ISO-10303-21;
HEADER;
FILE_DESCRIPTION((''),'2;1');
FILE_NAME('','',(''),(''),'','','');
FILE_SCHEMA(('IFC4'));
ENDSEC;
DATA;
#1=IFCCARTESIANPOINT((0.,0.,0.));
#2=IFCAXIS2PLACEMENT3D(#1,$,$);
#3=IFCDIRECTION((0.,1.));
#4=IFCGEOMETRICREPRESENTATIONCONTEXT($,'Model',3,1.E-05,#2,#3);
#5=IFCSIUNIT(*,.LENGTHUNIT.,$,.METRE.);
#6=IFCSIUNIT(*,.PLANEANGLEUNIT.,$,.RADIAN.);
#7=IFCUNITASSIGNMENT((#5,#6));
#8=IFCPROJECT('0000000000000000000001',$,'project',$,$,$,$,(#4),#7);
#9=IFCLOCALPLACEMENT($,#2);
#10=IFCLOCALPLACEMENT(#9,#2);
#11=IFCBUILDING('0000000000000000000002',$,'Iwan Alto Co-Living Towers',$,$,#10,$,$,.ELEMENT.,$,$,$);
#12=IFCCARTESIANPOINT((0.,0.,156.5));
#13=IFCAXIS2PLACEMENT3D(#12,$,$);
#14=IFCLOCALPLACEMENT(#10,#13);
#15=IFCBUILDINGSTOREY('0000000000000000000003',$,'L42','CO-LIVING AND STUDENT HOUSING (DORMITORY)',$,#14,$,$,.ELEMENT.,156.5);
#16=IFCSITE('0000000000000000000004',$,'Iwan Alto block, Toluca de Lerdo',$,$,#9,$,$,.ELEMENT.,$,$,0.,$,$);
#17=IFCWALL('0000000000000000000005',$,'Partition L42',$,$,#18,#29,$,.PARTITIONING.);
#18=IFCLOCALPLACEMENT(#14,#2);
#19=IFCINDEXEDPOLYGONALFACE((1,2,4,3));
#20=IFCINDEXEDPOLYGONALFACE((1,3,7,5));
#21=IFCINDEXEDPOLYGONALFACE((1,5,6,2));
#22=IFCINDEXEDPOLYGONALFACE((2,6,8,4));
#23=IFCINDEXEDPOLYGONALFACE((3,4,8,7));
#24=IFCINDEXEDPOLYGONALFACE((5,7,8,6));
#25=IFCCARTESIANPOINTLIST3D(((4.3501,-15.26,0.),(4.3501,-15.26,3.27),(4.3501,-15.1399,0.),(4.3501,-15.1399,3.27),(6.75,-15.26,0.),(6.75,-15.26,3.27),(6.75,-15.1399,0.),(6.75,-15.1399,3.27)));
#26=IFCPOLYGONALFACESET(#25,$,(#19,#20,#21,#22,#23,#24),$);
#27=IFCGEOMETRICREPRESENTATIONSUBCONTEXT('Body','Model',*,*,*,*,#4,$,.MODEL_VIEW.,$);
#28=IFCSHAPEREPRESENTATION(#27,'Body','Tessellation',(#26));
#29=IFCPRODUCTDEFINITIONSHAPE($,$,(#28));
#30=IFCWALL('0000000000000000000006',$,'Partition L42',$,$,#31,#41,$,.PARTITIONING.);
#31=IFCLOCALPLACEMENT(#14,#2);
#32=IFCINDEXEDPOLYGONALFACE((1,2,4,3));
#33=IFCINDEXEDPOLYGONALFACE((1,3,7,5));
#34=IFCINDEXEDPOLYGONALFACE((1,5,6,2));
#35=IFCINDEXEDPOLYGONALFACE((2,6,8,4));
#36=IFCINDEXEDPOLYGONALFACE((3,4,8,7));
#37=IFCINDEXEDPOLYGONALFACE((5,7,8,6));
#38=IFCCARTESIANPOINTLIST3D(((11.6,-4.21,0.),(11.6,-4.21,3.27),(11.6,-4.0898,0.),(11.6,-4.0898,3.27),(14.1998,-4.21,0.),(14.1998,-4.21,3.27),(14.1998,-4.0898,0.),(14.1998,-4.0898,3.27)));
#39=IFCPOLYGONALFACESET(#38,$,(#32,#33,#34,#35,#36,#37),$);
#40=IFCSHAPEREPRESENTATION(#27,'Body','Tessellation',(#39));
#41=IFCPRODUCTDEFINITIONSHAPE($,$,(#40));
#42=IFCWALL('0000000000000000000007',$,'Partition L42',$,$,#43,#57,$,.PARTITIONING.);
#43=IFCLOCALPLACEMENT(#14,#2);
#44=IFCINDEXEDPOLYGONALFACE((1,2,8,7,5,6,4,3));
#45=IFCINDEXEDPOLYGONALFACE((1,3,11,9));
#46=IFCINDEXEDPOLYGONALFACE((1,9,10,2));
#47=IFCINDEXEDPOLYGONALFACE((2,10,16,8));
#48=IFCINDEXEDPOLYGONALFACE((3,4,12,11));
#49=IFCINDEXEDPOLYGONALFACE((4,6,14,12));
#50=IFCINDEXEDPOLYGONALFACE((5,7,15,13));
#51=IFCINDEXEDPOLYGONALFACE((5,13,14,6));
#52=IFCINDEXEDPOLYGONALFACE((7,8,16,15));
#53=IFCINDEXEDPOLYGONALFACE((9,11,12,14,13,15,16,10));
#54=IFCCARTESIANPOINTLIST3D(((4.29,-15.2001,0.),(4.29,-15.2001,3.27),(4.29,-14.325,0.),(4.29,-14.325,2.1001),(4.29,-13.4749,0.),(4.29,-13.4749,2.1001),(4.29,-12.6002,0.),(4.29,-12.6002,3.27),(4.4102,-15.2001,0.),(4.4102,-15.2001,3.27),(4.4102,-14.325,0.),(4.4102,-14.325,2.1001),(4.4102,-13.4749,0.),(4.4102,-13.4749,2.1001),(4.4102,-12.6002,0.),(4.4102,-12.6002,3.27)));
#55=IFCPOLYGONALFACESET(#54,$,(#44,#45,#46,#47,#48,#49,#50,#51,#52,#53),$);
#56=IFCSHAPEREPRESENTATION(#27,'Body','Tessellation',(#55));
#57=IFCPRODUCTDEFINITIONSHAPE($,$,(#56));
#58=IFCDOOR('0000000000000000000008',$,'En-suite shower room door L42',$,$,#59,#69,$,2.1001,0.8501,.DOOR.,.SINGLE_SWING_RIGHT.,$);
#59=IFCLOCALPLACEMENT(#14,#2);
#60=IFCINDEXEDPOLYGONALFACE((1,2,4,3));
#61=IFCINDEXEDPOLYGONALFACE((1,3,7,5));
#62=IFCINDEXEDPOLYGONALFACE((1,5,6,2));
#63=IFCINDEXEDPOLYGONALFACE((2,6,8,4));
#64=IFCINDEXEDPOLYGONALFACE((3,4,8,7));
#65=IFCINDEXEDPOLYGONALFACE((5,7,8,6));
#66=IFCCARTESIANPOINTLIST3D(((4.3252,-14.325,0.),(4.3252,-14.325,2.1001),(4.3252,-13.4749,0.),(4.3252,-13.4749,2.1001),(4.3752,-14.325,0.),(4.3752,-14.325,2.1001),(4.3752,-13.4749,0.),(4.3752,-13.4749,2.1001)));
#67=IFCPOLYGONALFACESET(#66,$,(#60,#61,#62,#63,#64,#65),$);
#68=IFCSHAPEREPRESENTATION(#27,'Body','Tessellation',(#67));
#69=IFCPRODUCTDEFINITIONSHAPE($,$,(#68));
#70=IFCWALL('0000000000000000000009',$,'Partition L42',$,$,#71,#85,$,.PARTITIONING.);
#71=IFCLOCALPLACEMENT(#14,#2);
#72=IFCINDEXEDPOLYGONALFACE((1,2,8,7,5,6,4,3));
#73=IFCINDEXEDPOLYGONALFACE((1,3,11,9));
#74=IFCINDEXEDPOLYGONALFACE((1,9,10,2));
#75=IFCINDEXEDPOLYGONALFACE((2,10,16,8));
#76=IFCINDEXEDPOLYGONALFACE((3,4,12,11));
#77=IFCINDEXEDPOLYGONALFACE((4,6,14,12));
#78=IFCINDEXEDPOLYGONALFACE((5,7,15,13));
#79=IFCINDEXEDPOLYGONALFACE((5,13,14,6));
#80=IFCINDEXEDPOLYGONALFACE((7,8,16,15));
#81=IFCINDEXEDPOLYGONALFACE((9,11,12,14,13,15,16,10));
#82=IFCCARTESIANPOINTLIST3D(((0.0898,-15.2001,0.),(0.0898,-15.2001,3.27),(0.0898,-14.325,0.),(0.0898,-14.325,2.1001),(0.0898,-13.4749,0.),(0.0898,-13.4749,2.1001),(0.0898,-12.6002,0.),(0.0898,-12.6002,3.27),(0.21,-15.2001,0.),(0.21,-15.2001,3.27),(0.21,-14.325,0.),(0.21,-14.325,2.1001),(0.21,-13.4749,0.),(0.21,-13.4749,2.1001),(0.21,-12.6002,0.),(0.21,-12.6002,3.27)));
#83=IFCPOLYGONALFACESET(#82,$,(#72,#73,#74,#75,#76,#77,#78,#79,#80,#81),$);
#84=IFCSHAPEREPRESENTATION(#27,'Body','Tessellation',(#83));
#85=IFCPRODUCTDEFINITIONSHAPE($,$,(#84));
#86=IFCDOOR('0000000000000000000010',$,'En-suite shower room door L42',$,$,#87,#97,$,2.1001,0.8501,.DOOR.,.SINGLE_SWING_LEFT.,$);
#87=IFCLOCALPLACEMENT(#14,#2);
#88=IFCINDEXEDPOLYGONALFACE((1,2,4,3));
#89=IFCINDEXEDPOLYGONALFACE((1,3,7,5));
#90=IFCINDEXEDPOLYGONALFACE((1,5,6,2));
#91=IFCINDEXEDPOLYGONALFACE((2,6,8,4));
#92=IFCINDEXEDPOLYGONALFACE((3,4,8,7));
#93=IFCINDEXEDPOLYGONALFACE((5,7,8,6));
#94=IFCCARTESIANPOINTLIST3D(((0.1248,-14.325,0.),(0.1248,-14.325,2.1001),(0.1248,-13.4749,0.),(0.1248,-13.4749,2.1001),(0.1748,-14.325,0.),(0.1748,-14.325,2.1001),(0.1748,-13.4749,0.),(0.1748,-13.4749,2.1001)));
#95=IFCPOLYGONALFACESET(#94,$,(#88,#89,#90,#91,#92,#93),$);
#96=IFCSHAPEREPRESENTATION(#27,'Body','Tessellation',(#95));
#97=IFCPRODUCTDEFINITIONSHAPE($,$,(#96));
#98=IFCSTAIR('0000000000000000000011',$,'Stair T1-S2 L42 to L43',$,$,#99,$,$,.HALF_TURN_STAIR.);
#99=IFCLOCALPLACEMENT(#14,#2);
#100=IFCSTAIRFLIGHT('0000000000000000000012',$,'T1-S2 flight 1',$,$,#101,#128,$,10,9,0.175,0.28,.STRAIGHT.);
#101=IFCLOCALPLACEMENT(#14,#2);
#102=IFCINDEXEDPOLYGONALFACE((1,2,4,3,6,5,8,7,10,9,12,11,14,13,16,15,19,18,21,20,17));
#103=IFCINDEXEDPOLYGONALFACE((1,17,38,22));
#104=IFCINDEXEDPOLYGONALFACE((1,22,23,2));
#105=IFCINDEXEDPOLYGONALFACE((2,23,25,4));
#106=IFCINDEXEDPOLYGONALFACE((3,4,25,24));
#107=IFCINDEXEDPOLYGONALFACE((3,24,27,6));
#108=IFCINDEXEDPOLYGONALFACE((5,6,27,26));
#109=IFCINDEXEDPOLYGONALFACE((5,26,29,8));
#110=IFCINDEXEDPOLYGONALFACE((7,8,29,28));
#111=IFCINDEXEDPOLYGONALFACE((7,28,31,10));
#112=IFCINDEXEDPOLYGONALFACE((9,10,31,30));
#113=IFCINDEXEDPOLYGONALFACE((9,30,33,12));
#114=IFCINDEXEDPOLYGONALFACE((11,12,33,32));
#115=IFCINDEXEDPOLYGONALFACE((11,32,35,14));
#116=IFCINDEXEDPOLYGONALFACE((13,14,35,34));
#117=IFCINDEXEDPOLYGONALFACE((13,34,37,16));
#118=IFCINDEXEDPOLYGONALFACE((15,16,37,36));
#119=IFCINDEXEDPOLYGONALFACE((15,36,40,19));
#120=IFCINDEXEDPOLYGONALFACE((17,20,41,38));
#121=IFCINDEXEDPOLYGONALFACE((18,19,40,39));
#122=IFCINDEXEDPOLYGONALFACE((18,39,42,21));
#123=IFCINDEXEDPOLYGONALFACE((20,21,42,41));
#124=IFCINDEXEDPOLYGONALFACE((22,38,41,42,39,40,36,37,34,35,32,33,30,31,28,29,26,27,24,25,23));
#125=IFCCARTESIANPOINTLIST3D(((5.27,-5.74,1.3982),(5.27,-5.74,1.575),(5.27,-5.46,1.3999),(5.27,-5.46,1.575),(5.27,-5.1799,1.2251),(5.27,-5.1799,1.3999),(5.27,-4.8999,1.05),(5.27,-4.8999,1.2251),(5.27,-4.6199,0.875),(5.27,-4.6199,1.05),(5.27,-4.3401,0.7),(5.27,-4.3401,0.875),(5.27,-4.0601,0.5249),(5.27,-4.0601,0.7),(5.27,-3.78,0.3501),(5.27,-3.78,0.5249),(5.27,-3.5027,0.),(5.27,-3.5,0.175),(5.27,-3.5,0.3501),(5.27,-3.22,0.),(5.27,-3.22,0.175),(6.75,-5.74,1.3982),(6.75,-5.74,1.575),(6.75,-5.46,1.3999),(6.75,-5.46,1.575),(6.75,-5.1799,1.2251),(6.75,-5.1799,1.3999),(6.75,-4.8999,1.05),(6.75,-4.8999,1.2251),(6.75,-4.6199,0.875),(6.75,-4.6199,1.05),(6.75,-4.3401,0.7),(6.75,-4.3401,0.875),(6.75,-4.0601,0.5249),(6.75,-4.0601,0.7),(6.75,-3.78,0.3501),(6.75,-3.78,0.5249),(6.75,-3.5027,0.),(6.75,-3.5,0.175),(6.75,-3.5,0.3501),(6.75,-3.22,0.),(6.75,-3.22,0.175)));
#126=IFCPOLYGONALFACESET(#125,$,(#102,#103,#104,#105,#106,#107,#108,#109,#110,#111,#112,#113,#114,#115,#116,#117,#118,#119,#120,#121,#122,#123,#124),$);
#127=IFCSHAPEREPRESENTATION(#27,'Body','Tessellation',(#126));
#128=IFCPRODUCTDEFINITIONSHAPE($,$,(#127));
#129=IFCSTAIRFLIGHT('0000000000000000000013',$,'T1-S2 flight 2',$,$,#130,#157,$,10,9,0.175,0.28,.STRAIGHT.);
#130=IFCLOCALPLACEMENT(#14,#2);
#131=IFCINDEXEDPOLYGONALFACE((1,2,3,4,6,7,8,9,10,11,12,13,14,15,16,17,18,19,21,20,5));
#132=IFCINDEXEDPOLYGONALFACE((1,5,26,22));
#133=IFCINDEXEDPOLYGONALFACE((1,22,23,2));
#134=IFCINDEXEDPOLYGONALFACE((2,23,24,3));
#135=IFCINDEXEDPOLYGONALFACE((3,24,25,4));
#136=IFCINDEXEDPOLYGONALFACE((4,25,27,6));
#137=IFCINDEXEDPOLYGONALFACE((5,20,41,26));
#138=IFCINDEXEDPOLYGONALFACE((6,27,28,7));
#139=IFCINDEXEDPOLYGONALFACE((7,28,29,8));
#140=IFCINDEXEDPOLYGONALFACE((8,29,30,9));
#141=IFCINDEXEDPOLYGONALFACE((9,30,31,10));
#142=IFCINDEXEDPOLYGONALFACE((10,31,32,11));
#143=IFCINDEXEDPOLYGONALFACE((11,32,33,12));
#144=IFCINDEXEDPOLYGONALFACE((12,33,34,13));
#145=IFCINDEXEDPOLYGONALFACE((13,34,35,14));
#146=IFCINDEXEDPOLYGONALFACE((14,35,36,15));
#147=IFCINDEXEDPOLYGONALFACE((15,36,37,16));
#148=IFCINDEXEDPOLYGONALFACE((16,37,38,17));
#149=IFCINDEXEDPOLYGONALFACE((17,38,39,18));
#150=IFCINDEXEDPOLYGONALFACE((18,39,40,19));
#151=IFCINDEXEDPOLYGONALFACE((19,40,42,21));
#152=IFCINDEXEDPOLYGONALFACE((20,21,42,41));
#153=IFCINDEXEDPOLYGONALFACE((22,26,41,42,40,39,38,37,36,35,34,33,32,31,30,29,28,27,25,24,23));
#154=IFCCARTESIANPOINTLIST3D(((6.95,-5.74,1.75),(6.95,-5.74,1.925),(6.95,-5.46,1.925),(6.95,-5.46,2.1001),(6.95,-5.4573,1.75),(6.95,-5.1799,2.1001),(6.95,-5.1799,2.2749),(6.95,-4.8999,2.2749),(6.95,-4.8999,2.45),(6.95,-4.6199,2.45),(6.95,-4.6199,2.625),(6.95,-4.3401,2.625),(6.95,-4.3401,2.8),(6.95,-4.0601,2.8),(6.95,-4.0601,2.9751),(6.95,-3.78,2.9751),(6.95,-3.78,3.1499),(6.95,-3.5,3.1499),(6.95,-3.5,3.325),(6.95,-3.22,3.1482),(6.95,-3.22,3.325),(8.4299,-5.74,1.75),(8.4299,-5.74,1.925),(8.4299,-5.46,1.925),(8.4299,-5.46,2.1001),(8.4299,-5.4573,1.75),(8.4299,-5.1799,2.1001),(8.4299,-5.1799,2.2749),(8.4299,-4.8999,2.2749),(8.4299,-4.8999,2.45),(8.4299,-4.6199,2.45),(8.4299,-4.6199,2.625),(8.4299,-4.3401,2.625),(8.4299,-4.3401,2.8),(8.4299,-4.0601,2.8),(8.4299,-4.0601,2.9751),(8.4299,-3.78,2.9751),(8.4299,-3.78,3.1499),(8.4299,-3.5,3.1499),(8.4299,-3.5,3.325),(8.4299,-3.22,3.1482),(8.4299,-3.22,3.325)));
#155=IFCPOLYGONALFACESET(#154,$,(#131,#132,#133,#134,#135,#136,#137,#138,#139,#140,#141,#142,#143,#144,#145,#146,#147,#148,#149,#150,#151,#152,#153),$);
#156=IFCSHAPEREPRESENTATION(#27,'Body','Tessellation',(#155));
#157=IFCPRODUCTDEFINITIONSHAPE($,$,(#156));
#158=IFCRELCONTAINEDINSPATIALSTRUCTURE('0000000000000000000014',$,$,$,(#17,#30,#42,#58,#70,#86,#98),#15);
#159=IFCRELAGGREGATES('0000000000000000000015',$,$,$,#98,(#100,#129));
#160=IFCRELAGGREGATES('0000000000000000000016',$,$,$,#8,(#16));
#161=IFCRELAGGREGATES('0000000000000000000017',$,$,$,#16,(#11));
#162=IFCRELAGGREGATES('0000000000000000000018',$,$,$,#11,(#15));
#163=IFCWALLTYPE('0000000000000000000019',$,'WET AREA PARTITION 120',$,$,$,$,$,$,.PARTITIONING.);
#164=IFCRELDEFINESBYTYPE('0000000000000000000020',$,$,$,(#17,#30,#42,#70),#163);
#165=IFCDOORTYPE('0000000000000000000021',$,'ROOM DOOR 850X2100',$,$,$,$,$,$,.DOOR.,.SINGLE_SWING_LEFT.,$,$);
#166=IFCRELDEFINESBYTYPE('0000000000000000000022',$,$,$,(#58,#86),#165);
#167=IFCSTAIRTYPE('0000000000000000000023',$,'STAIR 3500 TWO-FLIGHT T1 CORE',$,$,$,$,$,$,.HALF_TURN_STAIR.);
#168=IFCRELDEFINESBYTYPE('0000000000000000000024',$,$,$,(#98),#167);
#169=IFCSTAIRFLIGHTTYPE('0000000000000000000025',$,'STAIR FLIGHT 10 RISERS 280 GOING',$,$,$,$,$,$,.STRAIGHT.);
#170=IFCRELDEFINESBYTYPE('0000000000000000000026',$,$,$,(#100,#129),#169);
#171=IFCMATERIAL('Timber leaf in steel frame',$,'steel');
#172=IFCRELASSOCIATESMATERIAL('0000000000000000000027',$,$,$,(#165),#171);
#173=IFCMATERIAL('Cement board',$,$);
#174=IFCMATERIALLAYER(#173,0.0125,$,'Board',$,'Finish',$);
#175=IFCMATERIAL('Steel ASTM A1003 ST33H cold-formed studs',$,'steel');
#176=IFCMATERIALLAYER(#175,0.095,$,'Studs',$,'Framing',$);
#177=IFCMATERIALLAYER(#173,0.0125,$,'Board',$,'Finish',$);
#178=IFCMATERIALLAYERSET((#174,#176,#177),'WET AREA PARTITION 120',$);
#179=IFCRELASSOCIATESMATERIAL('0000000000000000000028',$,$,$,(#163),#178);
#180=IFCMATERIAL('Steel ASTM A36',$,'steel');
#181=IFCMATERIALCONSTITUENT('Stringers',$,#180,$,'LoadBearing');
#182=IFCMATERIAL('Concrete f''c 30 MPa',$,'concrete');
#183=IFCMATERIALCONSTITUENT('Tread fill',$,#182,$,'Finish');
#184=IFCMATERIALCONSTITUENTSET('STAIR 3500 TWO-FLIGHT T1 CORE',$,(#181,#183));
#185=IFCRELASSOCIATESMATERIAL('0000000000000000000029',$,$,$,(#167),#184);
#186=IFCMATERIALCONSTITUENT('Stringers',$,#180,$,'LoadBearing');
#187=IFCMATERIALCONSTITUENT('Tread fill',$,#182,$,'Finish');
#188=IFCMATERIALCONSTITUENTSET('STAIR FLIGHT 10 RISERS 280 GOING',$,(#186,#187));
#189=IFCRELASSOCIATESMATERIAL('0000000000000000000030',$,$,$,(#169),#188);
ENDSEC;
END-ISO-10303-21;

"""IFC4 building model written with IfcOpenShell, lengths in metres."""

from ifc_helpers import new_model, si_unit, direction, frame, frame_2d, origin, place, context, subcontext, project, spatial, polyline, rectangle, outline, extrude, material, layer, layer_set, constituent, constituent_set, type_object, element, fill, aggregate, save


model = new_model("IFC4")

# Units and contexts
model_context = context("Model", 3, precision=1e-05, world=origin(), true_north=direction((0.0, 1.0)))
body_context = subcontext(model_context, "Body", "Model", "MODEL_VIEW")
ifc_project = project(units=[si_unit("LENGTHUNIT", "METRE"), si_unit("PLANEANGLEUNIT", "RADIAN")], contexts=[model_context])

# Site, building, storey
site_placement = place(None, origin())
site = spatial("IfcSite", under=ifc_project, at=site_placement, Name="Iwan Alto block, Toluca de Lerdo", CompositionType="ELEMENT", RefElevation=0.0)
building_placement = place(site_placement, origin())
building = spatial("IfcBuilding", under=site, at=building_placement, Name="Iwan Alto Co-Living Towers", CompositionType="ELEMENT")
storey_placement = place(building_placement, frame((0.0, 0.0, 156.5)))
storey = spatial("IfcBuildingStorey", under=building, at=storey_placement, Name="L42", Description="CO-LIVING AND STUDENT HOUSING (DORMITORY)", CompositionType="ELEMENT", Elevation=156.5)

# Shared definitions
ifc_material_1 = material(Name="Steel ASTM A1003 ST33H cold-formed studs", Category="steel")

# Shared definitions
ifc_material_2 = material(Name="Timber leaf in steel frame", Category="steel")
door_type_1 = type_object("IfcDoorType", Name="ROOM DOOR 850X2100", OperationType="SINGLE_SWING_LEFT", PredefinedType="DOOR", material=ifc_material_2)

# Walls
ifc_material_3 = material(Name="Cement board")
ifc_layer_1 = layer(ifc_material_3, 0.0125, Name="Board", Category="Finish")
ifc_layer_2 = layer(ifc_material_1, 0.095, Name="Studs", Category="Framing")
ifc_layer_3 = layer(ifc_material_3, 0.0125, Name="Board", Category="Finish")
ifc_layer_set_1 = layer_set([ifc_layer_1, ifc_layer_2, ifc_layer_3], Name="WET AREA PARTITION 120")
wall_type_1 = type_object("IfcWallType", Name="WET AREA PARTITION 120", PredefinedType="PARTITIONING", material=ifc_layer_set_1)
wall_1_placement = place(storey_placement, frame((4.3501, -15.2, 0.0), z_axis=(0.0, 0.0, 1.0), x_axis=(1.0, 0.0, 0.0)))
element("IfcWall", 1, at=wall_1_placement, inside=storey, type_object=wall_type_1, Name="Partition L42", PredefinedType="PARTITIONING", context=body_context, shape_type="SweptSolid", body=[
    extrude(rectangle(XDim=2.3999, YDim=0.1201, at=frame_2d((1.2, 0.0))), origin(), (0.0, 0.0, 1.0), 3.27),
])
wall_2_placement = place(storey_placement, frame((11.6001, -4.1499, 0.0), z_axis=(0.0, 0.0, 1.0), x_axis=(1.0, 0.0, 0.0)))
element("IfcWall", 2, at=wall_2_placement, inside=storey, type_object=wall_type_1, Name="Partition L42", PredefinedType="PARTITIONING", context=body_context, shape_type="SweptSolid", body=[
    extrude(rectangle(XDim=2.5999, YDim=0.1201, at=frame_2d((1.2998, 0.0))), origin(), (0.0, 0.0, 1.0), 3.27),
])

# Walls, openings, doors
wall_3_placement = place(storey_placement, frame((4.3501, -15.2, 0.0), z_axis=(0.0, 0.0, 1.0), x_axis=(0.0, 1.0, 0.0)))
wall_3 = element("IfcWall", 3, at=wall_3_placement, inside=storey, type_object=wall_type_1, Name="Partition L42", PredefinedType="PARTITIONING", context=body_context, shape_type="SweptSolid", body=[
    extrude(rectangle(XDim=2.5999, YDim=0.1201, at=frame_2d((1.2998, 0.0))), origin(), (0.0, 0.0, 1.0), 3.27),
])
opening_1_placement = place(wall_3_placement, frame((0.875, 0.0, 0.0)))
opening_1 = element("IfcOpeningElement", 4, at=opening_1_placement, cuts=wall_3, PredefinedType="OPENING", context=body_context, shape_type="SweptSolid", body=[
    extrude(rectangle(XDim=0.8501, YDim=2.1001, at=frame_2d((0.425, 1.05))), frame((0.0, 0.0701, 0.0), z_axis=(0.0, -1.0, 0.0), x_axis=(1.0, 0.0, 0.0)), (0.0, 0.0, 1.0), 0.1401),
])
door_1_placement = place(opening_1_placement, origin())
door_1 = element("IfcDoor", 5, at=door_1_placement, inside=storey, type_object=door_type_1, Name="En-suite shower room door L42", OperationType="SINGLE_SWING_RIGHT", OverallHeight=2.1001, OverallWidth=0.8501, PredefinedType="DOOR", context=body_context, shape_type="SweptSolid", body=[
    extrude(rectangle(XDim=0.8501, YDim=2.1001, at=frame_2d((0.425, 1.05))), frame((0.0, 0.0249, 0.0), z_axis=(0.0, -1.0, 0.0), x_axis=(1.0, 0.0, 0.0)), (0.0, 0.0, 1.0), 0.05),
])
fill(opening_1, door_1)
wall_4_placement = place(storey_placement, frame((0.1499, -15.2, 0.0), z_axis=(0.0, 0.0, 1.0), x_axis=(0.0, 1.0, 0.0)))
wall_4 = element("IfcWall", 6, at=wall_4_placement, inside=storey, type_object=wall_type_1, Name="Partition L42", PredefinedType="PARTITIONING", context=body_context, shape_type="SweptSolid", body=[
    extrude(rectangle(XDim=2.5999, YDim=0.1201, at=frame_2d((1.2998, 0.0))), origin(), (0.0, 0.0, 1.0), 3.27),
])
opening_2_placement = place(wall_4_placement, frame((0.875, 0.0, 0.0)))
opening_2 = element("IfcOpeningElement", 7, at=opening_2_placement, cuts=wall_4, PredefinedType="OPENING", context=body_context, shape_type="SweptSolid", body=[
    extrude(rectangle(XDim=0.8501, YDim=2.1001, at=frame_2d((0.425, 1.05))), frame((0.0, 0.0701, 0.0), z_axis=(0.0, -1.0, 0.0), x_axis=(1.0, 0.0, 0.0)), (0.0, 0.0, 1.0), 0.1401),
])
door_2_placement = place(opening_2_placement, frame((0.8501, 0.0, 0.0), z_axis=(0.0, 0.0, 1.0), x_axis=(-1.0, 0.0, 0.0)))
door_2 = element("IfcDoor", 8, at=door_2_placement, inside=storey, type_object=door_type_1, Name="En-suite shower room door L42", OperationType="SINGLE_SWING_LEFT", OverallHeight=2.1001, OverallWidth=0.8501, PredefinedType="DOOR", context=body_context, shape_type="SweptSolid", body=[
    extrude(rectangle(XDim=0.8501, YDim=2.1001, at=frame_2d((0.425, 1.05))), frame((0.0, 0.0249, 0.0), z_axis=(0.0, -1.0, 0.0), x_axis=(1.0, 0.0, 0.0)), (0.0, 0.0, 1.0), 0.05),
])
fill(opening_2, door_2)

# Stair, stair flights
ifc_material_4 = material(Name="Steel ASTM A36", Category="steel")
ifc_constituent_1 = constituent(ifc_material_4, Name="Stringers", Category="LoadBearing")
ifc_material_5 = material(Name="Concrete f'c 30 MPa", Category="concrete")
ifc_constituent_2 = constituent(ifc_material_5, Name="Tread fill", Category="Finish")
ifc_constituent_set_1 = constituent_set(constituents=[ifc_constituent_1, ifc_constituent_2], Name="STAIR 3500 TWO-FLIGHT T1 CORE")
stair_type = type_object("IfcStairType", Name="STAIR 3500 TWO-FLIGHT T1 CORE", PredefinedType="HALF_TURN_STAIR", material=ifc_constituent_set_1)
stair_placement = place(storey_placement, origin())
stair = element("IfcStair", 9, at=stair_placement, inside=storey, type_object=stair_type, Name="Stair T1-S2 L42 to L43", PredefinedType="HALF_TURN_STAIR")
ifc_constituent_3 = constituent(ifc_material_4, Name="Stringers", Category="LoadBearing")
ifc_constituent_4 = constituent(ifc_material_5, Name="Tread fill", Category="Finish")
ifc_constituent_set_2 = constituent_set(constituents=[ifc_constituent_3, ifc_constituent_4], Name="STAIR FLIGHT 10 RISERS 280 GOING")
stair_flight_type = type_object("IfcStairFlightType", Name="STAIR FLIGHT 10 RISERS 280 GOING", PredefinedType="STRAIGHT", material=ifc_constituent_set_2)
stair_flight_1_placement = place(storey_placement, frame((6.01, -3.22, 0.0), z_axis=(0.0, 0.0, 1.0), x_axis=(0.0, -1.0, 0.0)))
stair_flight_1 = element("IfcStairFlight", 10, at=stair_flight_1_placement, type_object=stair_flight_type, Name="T1-S2 flight 1", NumberOfRisers=10, NumberOfTreads=9, PredefinedType="STRAIGHT", RiserHeight=0.175, TreadLength=0.28, context=body_context, shape_type="SweptSolid", body=[
    extrude(outline(polyline([(0.0, 0.0), (0.0, 0.175), (0.28, 0.175), (0.28, 0.3501), (0.5601, 0.3501), (0.5601, 0.5249), (0.8401, 0.5249), (0.8401, 0.7), (1.1201, 0.7), (1.1201, 0.875), (1.3999, 0.875), (1.3999, 1.05), (1.6799, 1.05), (1.6799, 1.2251), (1.96, 1.2251), (1.96, 1.3999), (2.24, 1.3999), (2.24, 1.575), (2.52, 1.575), (2.52, 1.75), (2.52, 1.3982), (0.2827, 0.0), (0.0, 0.0)])), frame((0.0, 0.74, 0.0), z_axis=(0.0, -1.0, 0.0), x_axis=(1.0, 0.0, 0.0)), (0.0, 0.0, 1.0), 1.48),
])
stair_flight_2_placement = place(storey_placement, frame((7.6899, -5.74, 1.75), z_axis=(0.0, 0.0, 1.0), x_axis=(0.0, 1.0, 0.0)))
stair_flight_2 = element("IfcStairFlight", 11, at=stair_flight_2_placement, type_object=stair_flight_type, Name="T1-S2 flight 2", NumberOfRisers=10, NumberOfTreads=9, PredefinedType="STRAIGHT", RiserHeight=0.175, TreadLength=0.28, context=body_context, shape_type="SweptSolid", body=[
    extrude(outline(polyline([(0.0, 0.0), (0.0, 0.175), (0.28, 0.175), (0.28, 0.3501), (0.5601, 0.3501), (0.5601, 0.5249), (0.8401, 0.5249), (0.8401, 0.7), (1.1201, 0.7), (1.1201, 0.875), (1.3999, 0.875), (1.3999, 1.05), (1.6799, 1.05), (1.6799, 1.2251), (1.96, 1.2251), (1.96, 1.3999), (2.24, 1.3999), (2.24, 1.575), (2.52, 1.575), (2.52, 1.75), (2.52, 1.3982), (0.2827, 0.0), (0.0, 0.0)])), frame((0.0, 0.74, 0.0), z_axis=(0.0, -1.0, 0.0), x_axis=(1.0, 0.0, 0.0)), (0.0, 0.0, 1.0), 1.48),
])
aggregate(stair, [stair_flight_1, stair_flight_2])

save(model, "model.ifc")
